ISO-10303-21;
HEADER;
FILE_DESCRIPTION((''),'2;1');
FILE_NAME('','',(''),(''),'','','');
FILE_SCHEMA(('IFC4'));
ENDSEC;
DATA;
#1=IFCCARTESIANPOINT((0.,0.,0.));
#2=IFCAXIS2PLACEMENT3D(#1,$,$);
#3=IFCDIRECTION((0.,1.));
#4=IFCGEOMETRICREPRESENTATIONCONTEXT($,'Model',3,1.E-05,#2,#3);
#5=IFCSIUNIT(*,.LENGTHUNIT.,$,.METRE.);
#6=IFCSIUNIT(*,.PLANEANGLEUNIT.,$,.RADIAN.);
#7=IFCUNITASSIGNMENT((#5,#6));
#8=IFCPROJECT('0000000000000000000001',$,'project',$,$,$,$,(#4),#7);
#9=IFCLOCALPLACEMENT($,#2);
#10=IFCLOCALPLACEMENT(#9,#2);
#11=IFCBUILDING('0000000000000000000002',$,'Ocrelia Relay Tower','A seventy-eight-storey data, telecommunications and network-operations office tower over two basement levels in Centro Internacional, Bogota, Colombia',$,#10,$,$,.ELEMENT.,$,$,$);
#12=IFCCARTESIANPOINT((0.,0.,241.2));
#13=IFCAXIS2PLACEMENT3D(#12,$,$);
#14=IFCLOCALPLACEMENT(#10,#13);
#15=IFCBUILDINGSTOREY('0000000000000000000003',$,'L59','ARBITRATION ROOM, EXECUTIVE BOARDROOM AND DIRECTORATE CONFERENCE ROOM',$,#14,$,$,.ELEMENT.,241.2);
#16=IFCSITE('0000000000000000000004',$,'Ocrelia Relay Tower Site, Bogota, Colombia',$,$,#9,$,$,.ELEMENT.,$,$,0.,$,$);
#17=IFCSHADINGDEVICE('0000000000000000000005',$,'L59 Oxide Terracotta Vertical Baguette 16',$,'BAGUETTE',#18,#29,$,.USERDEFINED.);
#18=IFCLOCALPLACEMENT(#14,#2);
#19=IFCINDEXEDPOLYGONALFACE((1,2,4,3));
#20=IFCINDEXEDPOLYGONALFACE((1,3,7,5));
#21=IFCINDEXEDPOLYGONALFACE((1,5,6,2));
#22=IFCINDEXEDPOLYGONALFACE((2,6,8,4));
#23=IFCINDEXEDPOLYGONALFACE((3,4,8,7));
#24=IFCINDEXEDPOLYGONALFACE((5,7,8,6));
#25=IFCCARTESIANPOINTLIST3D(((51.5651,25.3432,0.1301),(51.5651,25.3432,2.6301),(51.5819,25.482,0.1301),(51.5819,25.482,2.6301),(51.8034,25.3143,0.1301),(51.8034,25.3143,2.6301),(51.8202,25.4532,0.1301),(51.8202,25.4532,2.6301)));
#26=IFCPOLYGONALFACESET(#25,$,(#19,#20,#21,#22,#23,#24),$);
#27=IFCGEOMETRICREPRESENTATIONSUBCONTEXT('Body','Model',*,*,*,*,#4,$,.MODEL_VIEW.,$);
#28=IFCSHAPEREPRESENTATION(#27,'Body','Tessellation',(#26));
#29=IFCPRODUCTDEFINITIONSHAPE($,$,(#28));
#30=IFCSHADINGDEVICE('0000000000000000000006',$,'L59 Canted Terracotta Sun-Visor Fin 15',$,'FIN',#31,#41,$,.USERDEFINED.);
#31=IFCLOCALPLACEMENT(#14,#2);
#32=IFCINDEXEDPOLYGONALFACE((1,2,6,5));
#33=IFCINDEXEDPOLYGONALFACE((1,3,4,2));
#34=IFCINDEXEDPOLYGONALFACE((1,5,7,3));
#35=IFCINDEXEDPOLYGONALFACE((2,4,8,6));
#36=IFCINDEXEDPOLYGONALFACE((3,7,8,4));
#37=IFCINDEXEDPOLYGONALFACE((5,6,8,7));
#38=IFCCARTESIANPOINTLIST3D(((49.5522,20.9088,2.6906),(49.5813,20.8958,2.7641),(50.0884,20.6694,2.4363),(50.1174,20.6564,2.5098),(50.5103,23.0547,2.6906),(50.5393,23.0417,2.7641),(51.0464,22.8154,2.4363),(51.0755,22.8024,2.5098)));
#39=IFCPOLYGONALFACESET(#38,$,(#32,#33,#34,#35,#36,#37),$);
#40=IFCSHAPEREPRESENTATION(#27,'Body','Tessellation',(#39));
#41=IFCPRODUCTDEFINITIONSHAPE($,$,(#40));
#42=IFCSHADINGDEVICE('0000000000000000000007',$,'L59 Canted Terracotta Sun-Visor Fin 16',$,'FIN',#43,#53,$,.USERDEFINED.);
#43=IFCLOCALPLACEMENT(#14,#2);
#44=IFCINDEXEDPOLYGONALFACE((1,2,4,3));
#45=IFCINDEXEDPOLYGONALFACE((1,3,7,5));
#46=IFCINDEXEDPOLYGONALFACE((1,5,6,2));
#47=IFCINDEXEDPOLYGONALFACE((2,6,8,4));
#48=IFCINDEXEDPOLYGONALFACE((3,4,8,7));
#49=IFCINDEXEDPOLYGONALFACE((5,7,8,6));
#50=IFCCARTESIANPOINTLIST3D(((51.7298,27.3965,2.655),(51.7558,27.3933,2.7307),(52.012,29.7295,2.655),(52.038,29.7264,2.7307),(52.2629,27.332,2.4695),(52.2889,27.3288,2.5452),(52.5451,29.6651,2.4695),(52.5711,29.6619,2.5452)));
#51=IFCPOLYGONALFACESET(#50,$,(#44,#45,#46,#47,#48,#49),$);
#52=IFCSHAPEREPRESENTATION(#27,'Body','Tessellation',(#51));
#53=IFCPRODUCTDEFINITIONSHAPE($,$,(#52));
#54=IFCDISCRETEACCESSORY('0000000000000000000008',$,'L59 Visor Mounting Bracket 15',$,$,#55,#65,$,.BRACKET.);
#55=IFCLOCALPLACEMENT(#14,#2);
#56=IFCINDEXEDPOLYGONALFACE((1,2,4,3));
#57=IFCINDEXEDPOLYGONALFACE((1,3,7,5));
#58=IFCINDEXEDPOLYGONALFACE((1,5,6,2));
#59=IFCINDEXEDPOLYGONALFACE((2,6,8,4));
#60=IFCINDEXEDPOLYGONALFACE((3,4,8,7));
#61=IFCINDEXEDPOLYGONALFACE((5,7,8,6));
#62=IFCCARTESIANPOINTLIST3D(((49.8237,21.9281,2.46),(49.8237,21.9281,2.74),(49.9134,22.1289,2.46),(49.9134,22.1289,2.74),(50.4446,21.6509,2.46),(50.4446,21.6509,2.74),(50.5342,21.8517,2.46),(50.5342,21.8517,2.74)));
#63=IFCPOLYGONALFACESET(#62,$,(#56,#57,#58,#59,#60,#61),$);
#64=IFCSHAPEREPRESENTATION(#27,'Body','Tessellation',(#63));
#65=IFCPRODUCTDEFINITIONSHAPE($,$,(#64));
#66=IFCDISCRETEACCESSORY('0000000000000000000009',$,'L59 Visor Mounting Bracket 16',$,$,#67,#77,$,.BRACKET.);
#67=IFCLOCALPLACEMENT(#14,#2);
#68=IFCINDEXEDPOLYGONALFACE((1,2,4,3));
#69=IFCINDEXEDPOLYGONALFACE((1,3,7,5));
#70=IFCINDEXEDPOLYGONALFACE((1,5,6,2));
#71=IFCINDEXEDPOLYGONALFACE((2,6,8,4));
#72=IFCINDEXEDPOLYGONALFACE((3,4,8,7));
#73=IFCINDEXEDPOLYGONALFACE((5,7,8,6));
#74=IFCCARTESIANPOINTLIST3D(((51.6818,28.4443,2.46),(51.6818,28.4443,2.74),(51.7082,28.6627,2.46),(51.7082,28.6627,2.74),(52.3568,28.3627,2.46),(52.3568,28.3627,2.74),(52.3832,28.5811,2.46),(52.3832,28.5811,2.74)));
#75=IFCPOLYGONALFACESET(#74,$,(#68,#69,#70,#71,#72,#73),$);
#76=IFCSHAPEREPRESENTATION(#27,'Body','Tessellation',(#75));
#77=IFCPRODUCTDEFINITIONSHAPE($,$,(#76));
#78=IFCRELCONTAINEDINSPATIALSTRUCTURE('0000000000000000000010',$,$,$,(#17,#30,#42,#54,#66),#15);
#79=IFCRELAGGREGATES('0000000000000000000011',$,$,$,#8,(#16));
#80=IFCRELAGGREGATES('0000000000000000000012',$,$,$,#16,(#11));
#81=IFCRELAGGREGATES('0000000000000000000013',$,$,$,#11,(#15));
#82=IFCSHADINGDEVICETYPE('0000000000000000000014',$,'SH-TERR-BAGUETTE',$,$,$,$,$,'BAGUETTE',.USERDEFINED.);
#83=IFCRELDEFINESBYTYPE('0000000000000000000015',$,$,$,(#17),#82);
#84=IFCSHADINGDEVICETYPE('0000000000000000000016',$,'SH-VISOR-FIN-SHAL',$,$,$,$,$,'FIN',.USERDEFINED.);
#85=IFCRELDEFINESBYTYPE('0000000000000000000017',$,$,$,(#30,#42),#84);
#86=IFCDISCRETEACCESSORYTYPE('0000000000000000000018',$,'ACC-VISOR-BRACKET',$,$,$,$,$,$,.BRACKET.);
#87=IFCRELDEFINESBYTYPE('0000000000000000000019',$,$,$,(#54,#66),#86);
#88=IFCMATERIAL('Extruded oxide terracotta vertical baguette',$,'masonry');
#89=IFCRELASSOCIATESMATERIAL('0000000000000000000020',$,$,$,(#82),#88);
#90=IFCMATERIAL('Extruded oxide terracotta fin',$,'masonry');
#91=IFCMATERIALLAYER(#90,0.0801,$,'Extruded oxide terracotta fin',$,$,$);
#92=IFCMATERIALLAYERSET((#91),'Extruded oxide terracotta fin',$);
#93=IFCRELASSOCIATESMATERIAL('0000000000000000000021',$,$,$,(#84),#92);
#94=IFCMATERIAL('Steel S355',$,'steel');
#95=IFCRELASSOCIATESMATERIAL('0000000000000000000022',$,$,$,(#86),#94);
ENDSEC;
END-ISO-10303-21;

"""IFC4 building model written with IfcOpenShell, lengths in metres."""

from ifc_helpers import new_model, si_unit, direction, frame, origin, origin_2d, place, context, subcontext, project, spatial, rectangle, extrude, material, layer, layer_set, type_object, element, save


model = new_model("IFC4")

# Units and contexts
model_context = context("Model", 3, precision=1e-05, world=origin(), true_north=direction((0.0, 1.0)))
body_context = subcontext(model_context, "Body", "Model", "MODEL_VIEW")
ifc_project = project(units=[si_unit("LENGTHUNIT", "METRE"), si_unit("PLANEANGLEUNIT", "RADIAN")], contexts=[model_context])

# Site, building, storey
site_placement = place(None, origin())
site = spatial("IfcSite", under=ifc_project, at=site_placement, Name="Ocrelia Relay Tower Site, Bogota, Colombia", CompositionType="ELEMENT", RefElevation=0.0)
building_placement = place(site_placement, origin())
building = spatial("IfcBuilding", under=site, at=building_placement, Name="Ocrelia Relay Tower", Description="A seventy-eight-storey data, telecommunications and network-operations office tower over two basement levels in Centro Internacional, Bogota, Colombia", CompositionType="ELEMENT")
storey_placement = place(building_placement, frame((0.0, 0.0, 241.2)))
storey = spatial("IfcBuildingStorey", under=building, at=storey_placement, Name="L59", Description="ARBITRATION ROOM, EXECUTIVE BOARDROOM AND DIRECTORATE CONFERENCE ROOM", CompositionType="ELEMENT", Elevation=241.2)

# Shared definitions
ifc_material_1 = material(Name="Steel S355", Category="steel")

# Shading devices
ifc_material_2 = material(Name="Extruded oxide terracotta vertical baguette", Category="masonry")
shading_device_type_1 = type_object("IfcShadingDeviceType", Name="SH-TERR-BAGUETTE", ElementType="BAGUETTE", PredefinedType="USERDEFINED", material=ifc_material_2)
for number, where, z_axis, x_axis, name in (
    (1, (51.6926, 25.3982, 0.1301), (0.0, 0.0, 1.0), (0.120078, 0.992764, 0.0), "L59 Oxide Terracotta Vertical Baguette 16"),
):
    element("IfcShadingDevice", number, at=place(storey_placement, frame(where, z_axis=z_axis, x_axis=x_axis)), inside=storey, type_object=shading_device_type_1, Name=name, ObjectType="BAGUETTE", PredefinedType="USERDEFINED", context=body_context, shape_type="SweptSolid", body=[
        extrude(rectangle(XDim=0.1399, YDim=0.24, at=origin_2d()), origin(), (0.0, 0.0, 1.0), 2.5),
    ])
ifc_material_3 = material(Name="Extruded oxide terracotta fin", Category="masonry")
ifc_layer_1 = layer(ifc_material_3, 0.0801, Name="Extruded oxide terracotta fin")
ifc_layer_set_1 = layer_set([ifc_layer_1], Name="Extruded oxide terracotta fin")
shading_device_type_2 = type_object("IfcShadingDeviceType", Name="SH-VISOR-FIN-SHAL", ElementType="FIN", PredefinedType="USERDEFINED", material=ifc_layer_set_1)
shading_device_1_placement = place(storey_placement, frame((50.2993, 21.8621, 2.5635), z_axis=(0.362941, -0.162033, 0.917616), x_axis=(0.407664, 0.913132, 0.0)))
element("IfcShadingDevice", 2, at=shading_device_1_placement, inside=storey, type_object=shading_device_type_2, Name="L59 Canted Terracotta Sun-Visor Fin 15", ObjectType="FIN", PredefinedType="USERDEFINED", context=body_context, shape_type="SweptSolid", body=[
    extrude(rectangle(XDim=2.3501, YDim=0.6399, at=origin_2d()), origin(), (0.0, 0.0, 1.0), 0.0801),
])
shading_device_2_placement = place(storey_placement, frame((52.1375, 28.5308, 2.5623), z_axis=(0.324195, -0.039213, 0.945177), x_axis=(0.120078, 0.992764, 0.0)))
element("IfcShadingDevice", 3, at=shading_device_2_placement, inside=storey, type_object=shading_device_type_2, Name="L59 Canted Terracotta Sun-Visor Fin 16", ObjectType="FIN", PredefinedType="USERDEFINED", context=body_context, shape_type="SweptSolid", body=[
    extrude(rectangle(XDim=2.3501, YDim=0.5681, at=origin_2d()), origin(), (0.0, 0.0, 1.0), 0.0801),
])

# Discrete accessories
discrete_accessory_type = type_object("IfcDiscreteAccessoryType", Name="ACC-VISOR-BRACKET", PredefinedType="BRACKET", material=ifc_material_1)
for number, where, z_axis, x_axis, name in (
    (4, (50.179, 21.8899, 2.46), (0.0, 0.0, 1.0), (0.407664, 0.913132, 0.0), "L59 Visor Mounting Bracket 15"),
    (5, (52.0325, 28.5127, 2.46), (0.0, 0.0, 1.0), (0.120078, 0.992764, 0.0), "L59 Visor Mounting Bracket 16"),
):
    element("IfcDiscreteAccessory", number, at=place(storey_placement, frame(where, z_axis=z_axis, x_axis=x_axis)), inside=storey, type_object=discrete_accessory_type, Name=name, PredefinedType="BRACKET", context=body_context, shape_type="SweptSolid", body=[
        extrude(rectangle(XDim=0.22, YDim=0.6799, at=origin_2d()), origin(), (0.0, 0.0, 1.0), 0.28),
    ])

save(model, "model.ifc")
